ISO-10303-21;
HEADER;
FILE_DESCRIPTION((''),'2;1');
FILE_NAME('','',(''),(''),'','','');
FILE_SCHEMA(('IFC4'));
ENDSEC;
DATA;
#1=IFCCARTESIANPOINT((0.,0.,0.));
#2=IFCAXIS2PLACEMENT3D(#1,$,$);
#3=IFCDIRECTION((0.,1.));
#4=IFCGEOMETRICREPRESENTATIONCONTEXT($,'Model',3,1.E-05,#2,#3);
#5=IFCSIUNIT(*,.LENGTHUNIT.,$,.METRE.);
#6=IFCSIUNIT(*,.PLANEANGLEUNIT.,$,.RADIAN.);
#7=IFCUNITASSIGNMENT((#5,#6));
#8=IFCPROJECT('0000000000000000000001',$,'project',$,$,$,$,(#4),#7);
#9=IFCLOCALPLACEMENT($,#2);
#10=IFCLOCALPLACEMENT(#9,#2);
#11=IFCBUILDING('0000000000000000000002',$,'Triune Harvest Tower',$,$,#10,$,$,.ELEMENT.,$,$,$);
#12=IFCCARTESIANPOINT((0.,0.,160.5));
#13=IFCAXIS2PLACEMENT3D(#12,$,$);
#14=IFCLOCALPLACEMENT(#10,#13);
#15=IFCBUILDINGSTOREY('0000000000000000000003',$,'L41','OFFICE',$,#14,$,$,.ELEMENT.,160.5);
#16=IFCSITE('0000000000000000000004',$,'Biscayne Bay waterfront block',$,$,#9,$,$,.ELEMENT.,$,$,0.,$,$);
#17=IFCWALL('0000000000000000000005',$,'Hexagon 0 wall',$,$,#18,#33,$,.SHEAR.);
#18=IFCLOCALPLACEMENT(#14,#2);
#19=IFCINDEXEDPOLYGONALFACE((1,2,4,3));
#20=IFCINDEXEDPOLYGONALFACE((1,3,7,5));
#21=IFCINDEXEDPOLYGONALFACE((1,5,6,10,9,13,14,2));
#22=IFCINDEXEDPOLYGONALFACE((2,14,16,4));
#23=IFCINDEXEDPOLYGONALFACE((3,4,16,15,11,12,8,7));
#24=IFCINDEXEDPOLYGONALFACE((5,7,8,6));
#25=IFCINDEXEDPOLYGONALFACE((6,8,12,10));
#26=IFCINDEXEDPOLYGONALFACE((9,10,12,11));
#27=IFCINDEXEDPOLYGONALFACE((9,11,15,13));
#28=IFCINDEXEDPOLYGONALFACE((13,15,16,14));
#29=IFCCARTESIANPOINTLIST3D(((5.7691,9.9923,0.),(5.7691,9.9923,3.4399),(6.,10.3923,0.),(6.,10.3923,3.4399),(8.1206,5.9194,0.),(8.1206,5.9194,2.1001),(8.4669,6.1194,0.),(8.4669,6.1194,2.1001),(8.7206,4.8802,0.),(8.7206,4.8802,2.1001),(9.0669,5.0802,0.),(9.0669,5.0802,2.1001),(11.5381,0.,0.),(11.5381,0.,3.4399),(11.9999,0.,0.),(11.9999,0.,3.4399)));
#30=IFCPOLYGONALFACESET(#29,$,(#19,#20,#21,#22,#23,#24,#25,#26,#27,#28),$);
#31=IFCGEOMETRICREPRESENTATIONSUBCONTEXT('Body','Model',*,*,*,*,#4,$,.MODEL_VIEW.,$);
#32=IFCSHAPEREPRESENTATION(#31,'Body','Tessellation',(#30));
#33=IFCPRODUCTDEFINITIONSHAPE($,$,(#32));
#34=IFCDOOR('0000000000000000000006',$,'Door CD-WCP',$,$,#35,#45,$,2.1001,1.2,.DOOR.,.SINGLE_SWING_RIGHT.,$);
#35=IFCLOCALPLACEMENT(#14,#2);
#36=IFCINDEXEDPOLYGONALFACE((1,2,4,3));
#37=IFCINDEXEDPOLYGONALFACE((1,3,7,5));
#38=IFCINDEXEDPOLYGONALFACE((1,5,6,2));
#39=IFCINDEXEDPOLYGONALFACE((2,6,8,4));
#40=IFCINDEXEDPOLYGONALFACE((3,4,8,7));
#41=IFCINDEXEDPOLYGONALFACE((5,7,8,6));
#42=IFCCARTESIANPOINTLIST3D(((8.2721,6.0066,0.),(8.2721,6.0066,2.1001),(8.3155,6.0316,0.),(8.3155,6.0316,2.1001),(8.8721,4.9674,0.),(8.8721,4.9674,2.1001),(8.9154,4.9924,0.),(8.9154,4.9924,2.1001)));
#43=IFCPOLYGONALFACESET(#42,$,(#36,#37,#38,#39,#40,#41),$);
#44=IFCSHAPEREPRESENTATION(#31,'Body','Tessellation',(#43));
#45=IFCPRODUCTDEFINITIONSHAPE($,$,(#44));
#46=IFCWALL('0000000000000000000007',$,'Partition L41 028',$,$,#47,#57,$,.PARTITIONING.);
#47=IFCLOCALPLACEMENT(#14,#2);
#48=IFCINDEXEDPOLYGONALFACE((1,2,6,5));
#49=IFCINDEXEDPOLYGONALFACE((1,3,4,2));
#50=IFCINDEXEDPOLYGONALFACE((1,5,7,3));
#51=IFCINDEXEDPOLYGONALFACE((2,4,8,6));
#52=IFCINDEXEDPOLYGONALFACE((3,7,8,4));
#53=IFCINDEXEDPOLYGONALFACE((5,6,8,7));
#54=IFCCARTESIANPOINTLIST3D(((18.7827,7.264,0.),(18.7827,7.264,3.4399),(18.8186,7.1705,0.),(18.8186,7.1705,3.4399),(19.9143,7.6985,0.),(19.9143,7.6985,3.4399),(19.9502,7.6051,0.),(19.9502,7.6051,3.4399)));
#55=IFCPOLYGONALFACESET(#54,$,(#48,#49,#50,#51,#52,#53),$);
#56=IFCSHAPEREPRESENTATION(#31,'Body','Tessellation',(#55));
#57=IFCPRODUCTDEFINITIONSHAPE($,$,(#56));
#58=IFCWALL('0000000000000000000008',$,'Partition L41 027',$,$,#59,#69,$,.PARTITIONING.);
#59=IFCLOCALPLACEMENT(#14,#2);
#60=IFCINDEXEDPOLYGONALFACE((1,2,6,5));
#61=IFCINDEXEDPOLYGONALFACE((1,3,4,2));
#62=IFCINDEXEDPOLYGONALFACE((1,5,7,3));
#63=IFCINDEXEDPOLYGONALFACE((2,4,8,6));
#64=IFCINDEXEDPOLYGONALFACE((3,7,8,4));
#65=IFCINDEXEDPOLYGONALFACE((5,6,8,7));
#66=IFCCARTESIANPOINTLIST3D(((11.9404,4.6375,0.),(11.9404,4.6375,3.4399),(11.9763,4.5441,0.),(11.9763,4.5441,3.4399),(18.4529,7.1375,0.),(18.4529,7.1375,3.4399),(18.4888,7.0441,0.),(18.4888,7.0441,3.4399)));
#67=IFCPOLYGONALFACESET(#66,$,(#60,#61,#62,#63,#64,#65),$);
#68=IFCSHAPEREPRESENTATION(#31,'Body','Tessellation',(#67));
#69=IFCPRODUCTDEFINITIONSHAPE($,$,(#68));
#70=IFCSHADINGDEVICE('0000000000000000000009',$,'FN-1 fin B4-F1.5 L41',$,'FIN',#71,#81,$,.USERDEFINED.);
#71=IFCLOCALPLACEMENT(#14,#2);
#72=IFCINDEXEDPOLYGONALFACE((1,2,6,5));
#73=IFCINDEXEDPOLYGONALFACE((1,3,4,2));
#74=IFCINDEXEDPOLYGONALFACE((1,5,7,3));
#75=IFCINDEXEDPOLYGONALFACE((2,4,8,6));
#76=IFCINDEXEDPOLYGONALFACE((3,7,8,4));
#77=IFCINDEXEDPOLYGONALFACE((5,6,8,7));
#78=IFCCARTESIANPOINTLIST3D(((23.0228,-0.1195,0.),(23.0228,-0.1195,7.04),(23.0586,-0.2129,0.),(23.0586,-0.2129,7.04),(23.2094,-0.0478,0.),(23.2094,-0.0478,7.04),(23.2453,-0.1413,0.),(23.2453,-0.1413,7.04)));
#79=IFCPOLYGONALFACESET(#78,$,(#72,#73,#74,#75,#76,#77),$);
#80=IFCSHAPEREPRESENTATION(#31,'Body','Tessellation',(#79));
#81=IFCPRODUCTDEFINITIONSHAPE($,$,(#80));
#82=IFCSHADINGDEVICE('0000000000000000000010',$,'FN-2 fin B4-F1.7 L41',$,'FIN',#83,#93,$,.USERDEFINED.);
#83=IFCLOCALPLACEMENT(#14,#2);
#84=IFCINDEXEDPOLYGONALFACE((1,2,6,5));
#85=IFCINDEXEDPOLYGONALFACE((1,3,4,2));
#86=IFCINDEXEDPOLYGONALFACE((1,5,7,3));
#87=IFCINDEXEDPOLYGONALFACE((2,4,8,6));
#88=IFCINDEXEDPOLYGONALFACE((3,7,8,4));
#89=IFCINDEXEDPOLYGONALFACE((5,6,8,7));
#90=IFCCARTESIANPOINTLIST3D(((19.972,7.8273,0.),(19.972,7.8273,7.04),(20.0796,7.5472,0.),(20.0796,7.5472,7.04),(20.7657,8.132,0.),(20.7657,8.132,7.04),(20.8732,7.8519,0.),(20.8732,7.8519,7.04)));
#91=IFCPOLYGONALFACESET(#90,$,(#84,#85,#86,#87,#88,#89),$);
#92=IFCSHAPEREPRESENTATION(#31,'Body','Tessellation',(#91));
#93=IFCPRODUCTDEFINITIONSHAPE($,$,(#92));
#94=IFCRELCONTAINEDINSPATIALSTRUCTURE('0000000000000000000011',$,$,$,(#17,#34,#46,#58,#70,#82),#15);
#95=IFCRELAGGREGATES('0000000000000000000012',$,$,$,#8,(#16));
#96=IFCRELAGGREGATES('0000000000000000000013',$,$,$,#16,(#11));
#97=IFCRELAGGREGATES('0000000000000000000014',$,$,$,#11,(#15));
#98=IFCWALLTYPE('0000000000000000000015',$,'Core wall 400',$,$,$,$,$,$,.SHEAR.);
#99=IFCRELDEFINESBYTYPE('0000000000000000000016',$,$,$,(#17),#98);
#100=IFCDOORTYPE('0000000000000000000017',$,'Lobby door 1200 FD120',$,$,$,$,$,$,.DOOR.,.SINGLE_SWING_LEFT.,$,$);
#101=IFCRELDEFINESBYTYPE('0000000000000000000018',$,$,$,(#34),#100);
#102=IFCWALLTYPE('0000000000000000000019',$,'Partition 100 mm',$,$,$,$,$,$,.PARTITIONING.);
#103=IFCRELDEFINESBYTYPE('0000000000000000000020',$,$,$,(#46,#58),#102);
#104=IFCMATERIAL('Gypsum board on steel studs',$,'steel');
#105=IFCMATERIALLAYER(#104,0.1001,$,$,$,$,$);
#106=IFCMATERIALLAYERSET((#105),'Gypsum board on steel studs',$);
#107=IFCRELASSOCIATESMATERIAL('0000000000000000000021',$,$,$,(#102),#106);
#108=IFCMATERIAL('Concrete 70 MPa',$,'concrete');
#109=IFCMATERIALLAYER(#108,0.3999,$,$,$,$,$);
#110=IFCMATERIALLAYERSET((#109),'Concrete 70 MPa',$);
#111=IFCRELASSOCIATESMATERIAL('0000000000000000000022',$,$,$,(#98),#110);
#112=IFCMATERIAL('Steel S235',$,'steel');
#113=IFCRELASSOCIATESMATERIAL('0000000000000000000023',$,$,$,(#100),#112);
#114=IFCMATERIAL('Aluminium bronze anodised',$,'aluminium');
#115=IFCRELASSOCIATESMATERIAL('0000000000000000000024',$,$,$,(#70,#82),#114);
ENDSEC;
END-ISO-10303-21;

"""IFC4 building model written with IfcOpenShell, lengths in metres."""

from ifc_helpers import new_model, si_unit, direction, frame, frame_2d, origin, origin_2d, place, context, subcontext, project, spatial, polyline, rectangle, outline, extrude, source, transform, mapped, material, layer, layer_set, type_object, element, fill, save


model = new_model("IFC4")

# Units and contexts
model_context = context("Model", 3, precision=1e-05, world=origin(), true_north=direction((0.0, 1.0)))
body_context = subcontext(model_context, "Body", "Model", "MODEL_VIEW")
ifc_project = project(units=[si_unit("LENGTHUNIT", "METRE"), si_unit("PLANEANGLEUNIT", "RADIAN")], contexts=[model_context])

# Site, building, storey
site_placement = place(None, origin())
site = spatial("IfcSite", under=ifc_project, at=site_placement, Name="Biscayne Bay waterfront block", CompositionType="ELEMENT", RefElevation=0.0)
building_placement = place(site_placement, origin())
building = spatial("IfcBuilding", under=site, at=building_placement, Name="Triune Harvest Tower", CompositionType="ELEMENT")
storey_placement = place(building_placement, frame((0.0, 0.0, 160.5)))
storey = spatial("IfcBuildingStorey", under=building, at=storey_placement, Name="L41", Description="OFFICE", CompositionType="ELEMENT", Elevation=160.5)

# Shared definitions
ifc_material_1 = material(Name="Gypsum board on steel studs", Category="steel")
ifc_layer_1 = layer(ifc_material_1, 0.1001)
ifc_layer_set_1 = layer_set([ifc_layer_1], Name="Gypsum board on steel studs")
wall_type_1 = type_object("IfcWallType", Name="Partition 100 mm", PredefinedType="PARTITIONING", material=ifc_layer_set_1)

# Wall, opening, door
ifc_material_2 = material(Name="Concrete 70 MPa", Category="concrete")
ifc_layer_2 = layer(ifc_material_2, 0.3999)
ifc_layer_set_2 = layer_set([ifc_layer_2], Name="Concrete 70 MPa")
wall_type_2 = type_object("IfcWallType", Name="Core wall 400", PredefinedType="SHEAR", material=ifc_layer_set_2)
shared_shape_1 = source(origin(), body_context, "Body", "SweptSolid", [
    extrude(outline(polyline([(-0.1155, -0.2), (11.8845, -0.2), (11.6536, 0.2), (0.1155, 0.2), (-0.1155, -0.2)])), origin(), (0.0, 0.0, 1.0), 3.4399),
])
wall_1_placement = place(storey_placement, frame((11.769, 0.0, 0.0), z_axis=(0.0, 0.0, 1.0), x_axis=(-0.499997, 0.866027, 0.0)))
wall_1 = element("IfcWall", 1, at=wall_1_placement, inside=storey, type_object=wall_type_2, Name="Hexagon 0 wall", PredefinedType="SHEAR", context=body_context, shape_type="MappedRepresentation", body=[
    mapped(shared_shape_1, transform((0.0, 0.0, 0.0), scale=1.0)),
])
opening_placement = place(wall_1_placement, frame((5.7505, 0.0, 0.0)))
opening = element("IfcOpeningElement", 2, at=opening_placement, cuts=wall_1, PredefinedType="OPENING", context=body_context, shape_type="SweptSolid", body=[
    extrude(rectangle(XDim=1.2, YDim=2.1001, at=frame_2d((0.6001, 1.05))), frame((0.0, 0.21, 0.0), z_axis=(0.0, -1.0, 0.0), x_axis=(1.0, 0.0, 0.0)), (0.0, 0.0, 1.0), 0.4199),
])
ifc_material_3 = material(Name="Steel S235", Category="steel")
door_type = type_object("IfcDoorType", Name="Lobby door 1200 FD120", OperationType="SINGLE_SWING_LEFT", PredefinedType="DOOR", material=ifc_material_3)
door_placement = place(opening_placement, frame((1.2, 0.0, 0.0), z_axis=(0.0, 0.0, 1.0), x_axis=(-1.0, 0.0, 0.0)))
door = element("IfcDoor", 3, at=door_placement, inside=storey, type_object=door_type, Name="Door CD-WCP", OperationType="SINGLE_SWING_RIGHT", OverallHeight=2.1001, OverallWidth=1.2, PredefinedType="DOOR", context=body_context, shape_type="SweptSolid", body=[
    extrude(rectangle(XDim=1.2, YDim=2.1001, at=frame_2d((0.6001, 1.05))), frame((0.0, 0.0249, 0.0), z_axis=(0.0, -1.0, 0.0), x_axis=(1.0, 0.0, 0.0)), (0.0, 0.0, 1.0), 0.05),
])
fill(opening, door)

# Walls
shared_shape_2 = source(origin(), body_context, "Body", "SweptSolid", [
    extrude(rectangle(XDim=1.2122, YDim=0.1001, at=frame_2d((0.606, 0.0))), origin(), (0.0, 0.0, 1.0), 3.4399),
])
wall_2_placement = place(storey_placement, frame((18.8008, 7.2173, 0.0), z_axis=(0.0, 0.0, 1.0), x_axis=(0.933527, 0.358507, 0.0)))
element("IfcWall", 4, at=wall_2_placement, inside=storey, type_object=wall_type_1, Name="Partition L41 028", PredefinedType="PARTITIONING", context=body_context, shape_type="MappedRepresentation", body=[
    mapped(shared_shape_2, transform((0.0, 0.0, 0.0), scale=1.0)),
])
shared_shape_3 = source(origin(), body_context, "Body", "SweptSolid", [
    extrude(rectangle(XDim=6.9758, YDim=0.1001, at=frame_2d((3.4878, 0.0))), origin(), (0.0, 0.0, 1.0), 3.4399),
])
wall_3_placement = place(storey_placement, frame((11.9585, 4.5908, 0.0), z_axis=(0.0, 0.0, 1.0), x_axis=(0.933575, 0.358381, 0.0)))
element("IfcWall", 5, at=wall_3_placement, inside=storey, type_object=wall_type_1, Name="Partition L41 027", PredefinedType="PARTITIONING", context=body_context, shape_type="MappedRepresentation", body=[
    mapped(shared_shape_3, transform((0.0, 0.0, 0.0), scale=1.0)),
])

# Shading devices
ifc_material_4 = material(Name="Aluminium bronze anodised", Category="aluminium")
shared_shape_4 = source(origin(), body_context, "Body", "SweptSolid", [
    extrude(rectangle(XDim=0.1001, YDim=0.2, at=origin_2d()), origin(), (0.0, 0.0, 1.0), 7.04),
])
shading_device_1_placement = place(storey_placement, frame((23.134, -0.1304, 0.0), z_axis=(0.0, 0.0, 1.0), x_axis=(-0.358369, 0.93358, 0.0)))
element("IfcShadingDevice", 6, at=shading_device_1_placement, inside=storey, material=ifc_material_4, Name="FN-1 fin B4-F1.5 L41", ObjectType="FIN", PredefinedType="USERDEFINED", context=body_context, shape_type="MappedRepresentation", body=[
    mapped(shared_shape_4, transform((0.0, 0.0, 0.0), scale=1.0)),
])
shared_shape_5 = source(origin(), body_context, "Body", "SweptSolid", [
    extrude(rectangle(XDim=0.3, YDim=0.8501, at=origin_2d()), origin(), (0.0, 0.0, 1.0), 7.04),
])
shading_device_2_placement = place(storey_placement, frame((20.4226, 7.8396, 0.0), z_axis=(0.0, 0.0, 1.0), x_axis=(-0.358369, 0.93358, 0.0)))
element("IfcShadingDevice", 7, at=shading_device_2_placement, inside=storey, material=ifc_material_4, Name="FN-2 fin B4-F1.7 L41", ObjectType="FIN", PredefinedType="USERDEFINED", context=body_context, shape_type="MappedRepresentation", body=[
    mapped(shared_shape_5, transform((0.0, 0.0, 0.0), scale=1.0)),
])

save(model, "model.ifc")
